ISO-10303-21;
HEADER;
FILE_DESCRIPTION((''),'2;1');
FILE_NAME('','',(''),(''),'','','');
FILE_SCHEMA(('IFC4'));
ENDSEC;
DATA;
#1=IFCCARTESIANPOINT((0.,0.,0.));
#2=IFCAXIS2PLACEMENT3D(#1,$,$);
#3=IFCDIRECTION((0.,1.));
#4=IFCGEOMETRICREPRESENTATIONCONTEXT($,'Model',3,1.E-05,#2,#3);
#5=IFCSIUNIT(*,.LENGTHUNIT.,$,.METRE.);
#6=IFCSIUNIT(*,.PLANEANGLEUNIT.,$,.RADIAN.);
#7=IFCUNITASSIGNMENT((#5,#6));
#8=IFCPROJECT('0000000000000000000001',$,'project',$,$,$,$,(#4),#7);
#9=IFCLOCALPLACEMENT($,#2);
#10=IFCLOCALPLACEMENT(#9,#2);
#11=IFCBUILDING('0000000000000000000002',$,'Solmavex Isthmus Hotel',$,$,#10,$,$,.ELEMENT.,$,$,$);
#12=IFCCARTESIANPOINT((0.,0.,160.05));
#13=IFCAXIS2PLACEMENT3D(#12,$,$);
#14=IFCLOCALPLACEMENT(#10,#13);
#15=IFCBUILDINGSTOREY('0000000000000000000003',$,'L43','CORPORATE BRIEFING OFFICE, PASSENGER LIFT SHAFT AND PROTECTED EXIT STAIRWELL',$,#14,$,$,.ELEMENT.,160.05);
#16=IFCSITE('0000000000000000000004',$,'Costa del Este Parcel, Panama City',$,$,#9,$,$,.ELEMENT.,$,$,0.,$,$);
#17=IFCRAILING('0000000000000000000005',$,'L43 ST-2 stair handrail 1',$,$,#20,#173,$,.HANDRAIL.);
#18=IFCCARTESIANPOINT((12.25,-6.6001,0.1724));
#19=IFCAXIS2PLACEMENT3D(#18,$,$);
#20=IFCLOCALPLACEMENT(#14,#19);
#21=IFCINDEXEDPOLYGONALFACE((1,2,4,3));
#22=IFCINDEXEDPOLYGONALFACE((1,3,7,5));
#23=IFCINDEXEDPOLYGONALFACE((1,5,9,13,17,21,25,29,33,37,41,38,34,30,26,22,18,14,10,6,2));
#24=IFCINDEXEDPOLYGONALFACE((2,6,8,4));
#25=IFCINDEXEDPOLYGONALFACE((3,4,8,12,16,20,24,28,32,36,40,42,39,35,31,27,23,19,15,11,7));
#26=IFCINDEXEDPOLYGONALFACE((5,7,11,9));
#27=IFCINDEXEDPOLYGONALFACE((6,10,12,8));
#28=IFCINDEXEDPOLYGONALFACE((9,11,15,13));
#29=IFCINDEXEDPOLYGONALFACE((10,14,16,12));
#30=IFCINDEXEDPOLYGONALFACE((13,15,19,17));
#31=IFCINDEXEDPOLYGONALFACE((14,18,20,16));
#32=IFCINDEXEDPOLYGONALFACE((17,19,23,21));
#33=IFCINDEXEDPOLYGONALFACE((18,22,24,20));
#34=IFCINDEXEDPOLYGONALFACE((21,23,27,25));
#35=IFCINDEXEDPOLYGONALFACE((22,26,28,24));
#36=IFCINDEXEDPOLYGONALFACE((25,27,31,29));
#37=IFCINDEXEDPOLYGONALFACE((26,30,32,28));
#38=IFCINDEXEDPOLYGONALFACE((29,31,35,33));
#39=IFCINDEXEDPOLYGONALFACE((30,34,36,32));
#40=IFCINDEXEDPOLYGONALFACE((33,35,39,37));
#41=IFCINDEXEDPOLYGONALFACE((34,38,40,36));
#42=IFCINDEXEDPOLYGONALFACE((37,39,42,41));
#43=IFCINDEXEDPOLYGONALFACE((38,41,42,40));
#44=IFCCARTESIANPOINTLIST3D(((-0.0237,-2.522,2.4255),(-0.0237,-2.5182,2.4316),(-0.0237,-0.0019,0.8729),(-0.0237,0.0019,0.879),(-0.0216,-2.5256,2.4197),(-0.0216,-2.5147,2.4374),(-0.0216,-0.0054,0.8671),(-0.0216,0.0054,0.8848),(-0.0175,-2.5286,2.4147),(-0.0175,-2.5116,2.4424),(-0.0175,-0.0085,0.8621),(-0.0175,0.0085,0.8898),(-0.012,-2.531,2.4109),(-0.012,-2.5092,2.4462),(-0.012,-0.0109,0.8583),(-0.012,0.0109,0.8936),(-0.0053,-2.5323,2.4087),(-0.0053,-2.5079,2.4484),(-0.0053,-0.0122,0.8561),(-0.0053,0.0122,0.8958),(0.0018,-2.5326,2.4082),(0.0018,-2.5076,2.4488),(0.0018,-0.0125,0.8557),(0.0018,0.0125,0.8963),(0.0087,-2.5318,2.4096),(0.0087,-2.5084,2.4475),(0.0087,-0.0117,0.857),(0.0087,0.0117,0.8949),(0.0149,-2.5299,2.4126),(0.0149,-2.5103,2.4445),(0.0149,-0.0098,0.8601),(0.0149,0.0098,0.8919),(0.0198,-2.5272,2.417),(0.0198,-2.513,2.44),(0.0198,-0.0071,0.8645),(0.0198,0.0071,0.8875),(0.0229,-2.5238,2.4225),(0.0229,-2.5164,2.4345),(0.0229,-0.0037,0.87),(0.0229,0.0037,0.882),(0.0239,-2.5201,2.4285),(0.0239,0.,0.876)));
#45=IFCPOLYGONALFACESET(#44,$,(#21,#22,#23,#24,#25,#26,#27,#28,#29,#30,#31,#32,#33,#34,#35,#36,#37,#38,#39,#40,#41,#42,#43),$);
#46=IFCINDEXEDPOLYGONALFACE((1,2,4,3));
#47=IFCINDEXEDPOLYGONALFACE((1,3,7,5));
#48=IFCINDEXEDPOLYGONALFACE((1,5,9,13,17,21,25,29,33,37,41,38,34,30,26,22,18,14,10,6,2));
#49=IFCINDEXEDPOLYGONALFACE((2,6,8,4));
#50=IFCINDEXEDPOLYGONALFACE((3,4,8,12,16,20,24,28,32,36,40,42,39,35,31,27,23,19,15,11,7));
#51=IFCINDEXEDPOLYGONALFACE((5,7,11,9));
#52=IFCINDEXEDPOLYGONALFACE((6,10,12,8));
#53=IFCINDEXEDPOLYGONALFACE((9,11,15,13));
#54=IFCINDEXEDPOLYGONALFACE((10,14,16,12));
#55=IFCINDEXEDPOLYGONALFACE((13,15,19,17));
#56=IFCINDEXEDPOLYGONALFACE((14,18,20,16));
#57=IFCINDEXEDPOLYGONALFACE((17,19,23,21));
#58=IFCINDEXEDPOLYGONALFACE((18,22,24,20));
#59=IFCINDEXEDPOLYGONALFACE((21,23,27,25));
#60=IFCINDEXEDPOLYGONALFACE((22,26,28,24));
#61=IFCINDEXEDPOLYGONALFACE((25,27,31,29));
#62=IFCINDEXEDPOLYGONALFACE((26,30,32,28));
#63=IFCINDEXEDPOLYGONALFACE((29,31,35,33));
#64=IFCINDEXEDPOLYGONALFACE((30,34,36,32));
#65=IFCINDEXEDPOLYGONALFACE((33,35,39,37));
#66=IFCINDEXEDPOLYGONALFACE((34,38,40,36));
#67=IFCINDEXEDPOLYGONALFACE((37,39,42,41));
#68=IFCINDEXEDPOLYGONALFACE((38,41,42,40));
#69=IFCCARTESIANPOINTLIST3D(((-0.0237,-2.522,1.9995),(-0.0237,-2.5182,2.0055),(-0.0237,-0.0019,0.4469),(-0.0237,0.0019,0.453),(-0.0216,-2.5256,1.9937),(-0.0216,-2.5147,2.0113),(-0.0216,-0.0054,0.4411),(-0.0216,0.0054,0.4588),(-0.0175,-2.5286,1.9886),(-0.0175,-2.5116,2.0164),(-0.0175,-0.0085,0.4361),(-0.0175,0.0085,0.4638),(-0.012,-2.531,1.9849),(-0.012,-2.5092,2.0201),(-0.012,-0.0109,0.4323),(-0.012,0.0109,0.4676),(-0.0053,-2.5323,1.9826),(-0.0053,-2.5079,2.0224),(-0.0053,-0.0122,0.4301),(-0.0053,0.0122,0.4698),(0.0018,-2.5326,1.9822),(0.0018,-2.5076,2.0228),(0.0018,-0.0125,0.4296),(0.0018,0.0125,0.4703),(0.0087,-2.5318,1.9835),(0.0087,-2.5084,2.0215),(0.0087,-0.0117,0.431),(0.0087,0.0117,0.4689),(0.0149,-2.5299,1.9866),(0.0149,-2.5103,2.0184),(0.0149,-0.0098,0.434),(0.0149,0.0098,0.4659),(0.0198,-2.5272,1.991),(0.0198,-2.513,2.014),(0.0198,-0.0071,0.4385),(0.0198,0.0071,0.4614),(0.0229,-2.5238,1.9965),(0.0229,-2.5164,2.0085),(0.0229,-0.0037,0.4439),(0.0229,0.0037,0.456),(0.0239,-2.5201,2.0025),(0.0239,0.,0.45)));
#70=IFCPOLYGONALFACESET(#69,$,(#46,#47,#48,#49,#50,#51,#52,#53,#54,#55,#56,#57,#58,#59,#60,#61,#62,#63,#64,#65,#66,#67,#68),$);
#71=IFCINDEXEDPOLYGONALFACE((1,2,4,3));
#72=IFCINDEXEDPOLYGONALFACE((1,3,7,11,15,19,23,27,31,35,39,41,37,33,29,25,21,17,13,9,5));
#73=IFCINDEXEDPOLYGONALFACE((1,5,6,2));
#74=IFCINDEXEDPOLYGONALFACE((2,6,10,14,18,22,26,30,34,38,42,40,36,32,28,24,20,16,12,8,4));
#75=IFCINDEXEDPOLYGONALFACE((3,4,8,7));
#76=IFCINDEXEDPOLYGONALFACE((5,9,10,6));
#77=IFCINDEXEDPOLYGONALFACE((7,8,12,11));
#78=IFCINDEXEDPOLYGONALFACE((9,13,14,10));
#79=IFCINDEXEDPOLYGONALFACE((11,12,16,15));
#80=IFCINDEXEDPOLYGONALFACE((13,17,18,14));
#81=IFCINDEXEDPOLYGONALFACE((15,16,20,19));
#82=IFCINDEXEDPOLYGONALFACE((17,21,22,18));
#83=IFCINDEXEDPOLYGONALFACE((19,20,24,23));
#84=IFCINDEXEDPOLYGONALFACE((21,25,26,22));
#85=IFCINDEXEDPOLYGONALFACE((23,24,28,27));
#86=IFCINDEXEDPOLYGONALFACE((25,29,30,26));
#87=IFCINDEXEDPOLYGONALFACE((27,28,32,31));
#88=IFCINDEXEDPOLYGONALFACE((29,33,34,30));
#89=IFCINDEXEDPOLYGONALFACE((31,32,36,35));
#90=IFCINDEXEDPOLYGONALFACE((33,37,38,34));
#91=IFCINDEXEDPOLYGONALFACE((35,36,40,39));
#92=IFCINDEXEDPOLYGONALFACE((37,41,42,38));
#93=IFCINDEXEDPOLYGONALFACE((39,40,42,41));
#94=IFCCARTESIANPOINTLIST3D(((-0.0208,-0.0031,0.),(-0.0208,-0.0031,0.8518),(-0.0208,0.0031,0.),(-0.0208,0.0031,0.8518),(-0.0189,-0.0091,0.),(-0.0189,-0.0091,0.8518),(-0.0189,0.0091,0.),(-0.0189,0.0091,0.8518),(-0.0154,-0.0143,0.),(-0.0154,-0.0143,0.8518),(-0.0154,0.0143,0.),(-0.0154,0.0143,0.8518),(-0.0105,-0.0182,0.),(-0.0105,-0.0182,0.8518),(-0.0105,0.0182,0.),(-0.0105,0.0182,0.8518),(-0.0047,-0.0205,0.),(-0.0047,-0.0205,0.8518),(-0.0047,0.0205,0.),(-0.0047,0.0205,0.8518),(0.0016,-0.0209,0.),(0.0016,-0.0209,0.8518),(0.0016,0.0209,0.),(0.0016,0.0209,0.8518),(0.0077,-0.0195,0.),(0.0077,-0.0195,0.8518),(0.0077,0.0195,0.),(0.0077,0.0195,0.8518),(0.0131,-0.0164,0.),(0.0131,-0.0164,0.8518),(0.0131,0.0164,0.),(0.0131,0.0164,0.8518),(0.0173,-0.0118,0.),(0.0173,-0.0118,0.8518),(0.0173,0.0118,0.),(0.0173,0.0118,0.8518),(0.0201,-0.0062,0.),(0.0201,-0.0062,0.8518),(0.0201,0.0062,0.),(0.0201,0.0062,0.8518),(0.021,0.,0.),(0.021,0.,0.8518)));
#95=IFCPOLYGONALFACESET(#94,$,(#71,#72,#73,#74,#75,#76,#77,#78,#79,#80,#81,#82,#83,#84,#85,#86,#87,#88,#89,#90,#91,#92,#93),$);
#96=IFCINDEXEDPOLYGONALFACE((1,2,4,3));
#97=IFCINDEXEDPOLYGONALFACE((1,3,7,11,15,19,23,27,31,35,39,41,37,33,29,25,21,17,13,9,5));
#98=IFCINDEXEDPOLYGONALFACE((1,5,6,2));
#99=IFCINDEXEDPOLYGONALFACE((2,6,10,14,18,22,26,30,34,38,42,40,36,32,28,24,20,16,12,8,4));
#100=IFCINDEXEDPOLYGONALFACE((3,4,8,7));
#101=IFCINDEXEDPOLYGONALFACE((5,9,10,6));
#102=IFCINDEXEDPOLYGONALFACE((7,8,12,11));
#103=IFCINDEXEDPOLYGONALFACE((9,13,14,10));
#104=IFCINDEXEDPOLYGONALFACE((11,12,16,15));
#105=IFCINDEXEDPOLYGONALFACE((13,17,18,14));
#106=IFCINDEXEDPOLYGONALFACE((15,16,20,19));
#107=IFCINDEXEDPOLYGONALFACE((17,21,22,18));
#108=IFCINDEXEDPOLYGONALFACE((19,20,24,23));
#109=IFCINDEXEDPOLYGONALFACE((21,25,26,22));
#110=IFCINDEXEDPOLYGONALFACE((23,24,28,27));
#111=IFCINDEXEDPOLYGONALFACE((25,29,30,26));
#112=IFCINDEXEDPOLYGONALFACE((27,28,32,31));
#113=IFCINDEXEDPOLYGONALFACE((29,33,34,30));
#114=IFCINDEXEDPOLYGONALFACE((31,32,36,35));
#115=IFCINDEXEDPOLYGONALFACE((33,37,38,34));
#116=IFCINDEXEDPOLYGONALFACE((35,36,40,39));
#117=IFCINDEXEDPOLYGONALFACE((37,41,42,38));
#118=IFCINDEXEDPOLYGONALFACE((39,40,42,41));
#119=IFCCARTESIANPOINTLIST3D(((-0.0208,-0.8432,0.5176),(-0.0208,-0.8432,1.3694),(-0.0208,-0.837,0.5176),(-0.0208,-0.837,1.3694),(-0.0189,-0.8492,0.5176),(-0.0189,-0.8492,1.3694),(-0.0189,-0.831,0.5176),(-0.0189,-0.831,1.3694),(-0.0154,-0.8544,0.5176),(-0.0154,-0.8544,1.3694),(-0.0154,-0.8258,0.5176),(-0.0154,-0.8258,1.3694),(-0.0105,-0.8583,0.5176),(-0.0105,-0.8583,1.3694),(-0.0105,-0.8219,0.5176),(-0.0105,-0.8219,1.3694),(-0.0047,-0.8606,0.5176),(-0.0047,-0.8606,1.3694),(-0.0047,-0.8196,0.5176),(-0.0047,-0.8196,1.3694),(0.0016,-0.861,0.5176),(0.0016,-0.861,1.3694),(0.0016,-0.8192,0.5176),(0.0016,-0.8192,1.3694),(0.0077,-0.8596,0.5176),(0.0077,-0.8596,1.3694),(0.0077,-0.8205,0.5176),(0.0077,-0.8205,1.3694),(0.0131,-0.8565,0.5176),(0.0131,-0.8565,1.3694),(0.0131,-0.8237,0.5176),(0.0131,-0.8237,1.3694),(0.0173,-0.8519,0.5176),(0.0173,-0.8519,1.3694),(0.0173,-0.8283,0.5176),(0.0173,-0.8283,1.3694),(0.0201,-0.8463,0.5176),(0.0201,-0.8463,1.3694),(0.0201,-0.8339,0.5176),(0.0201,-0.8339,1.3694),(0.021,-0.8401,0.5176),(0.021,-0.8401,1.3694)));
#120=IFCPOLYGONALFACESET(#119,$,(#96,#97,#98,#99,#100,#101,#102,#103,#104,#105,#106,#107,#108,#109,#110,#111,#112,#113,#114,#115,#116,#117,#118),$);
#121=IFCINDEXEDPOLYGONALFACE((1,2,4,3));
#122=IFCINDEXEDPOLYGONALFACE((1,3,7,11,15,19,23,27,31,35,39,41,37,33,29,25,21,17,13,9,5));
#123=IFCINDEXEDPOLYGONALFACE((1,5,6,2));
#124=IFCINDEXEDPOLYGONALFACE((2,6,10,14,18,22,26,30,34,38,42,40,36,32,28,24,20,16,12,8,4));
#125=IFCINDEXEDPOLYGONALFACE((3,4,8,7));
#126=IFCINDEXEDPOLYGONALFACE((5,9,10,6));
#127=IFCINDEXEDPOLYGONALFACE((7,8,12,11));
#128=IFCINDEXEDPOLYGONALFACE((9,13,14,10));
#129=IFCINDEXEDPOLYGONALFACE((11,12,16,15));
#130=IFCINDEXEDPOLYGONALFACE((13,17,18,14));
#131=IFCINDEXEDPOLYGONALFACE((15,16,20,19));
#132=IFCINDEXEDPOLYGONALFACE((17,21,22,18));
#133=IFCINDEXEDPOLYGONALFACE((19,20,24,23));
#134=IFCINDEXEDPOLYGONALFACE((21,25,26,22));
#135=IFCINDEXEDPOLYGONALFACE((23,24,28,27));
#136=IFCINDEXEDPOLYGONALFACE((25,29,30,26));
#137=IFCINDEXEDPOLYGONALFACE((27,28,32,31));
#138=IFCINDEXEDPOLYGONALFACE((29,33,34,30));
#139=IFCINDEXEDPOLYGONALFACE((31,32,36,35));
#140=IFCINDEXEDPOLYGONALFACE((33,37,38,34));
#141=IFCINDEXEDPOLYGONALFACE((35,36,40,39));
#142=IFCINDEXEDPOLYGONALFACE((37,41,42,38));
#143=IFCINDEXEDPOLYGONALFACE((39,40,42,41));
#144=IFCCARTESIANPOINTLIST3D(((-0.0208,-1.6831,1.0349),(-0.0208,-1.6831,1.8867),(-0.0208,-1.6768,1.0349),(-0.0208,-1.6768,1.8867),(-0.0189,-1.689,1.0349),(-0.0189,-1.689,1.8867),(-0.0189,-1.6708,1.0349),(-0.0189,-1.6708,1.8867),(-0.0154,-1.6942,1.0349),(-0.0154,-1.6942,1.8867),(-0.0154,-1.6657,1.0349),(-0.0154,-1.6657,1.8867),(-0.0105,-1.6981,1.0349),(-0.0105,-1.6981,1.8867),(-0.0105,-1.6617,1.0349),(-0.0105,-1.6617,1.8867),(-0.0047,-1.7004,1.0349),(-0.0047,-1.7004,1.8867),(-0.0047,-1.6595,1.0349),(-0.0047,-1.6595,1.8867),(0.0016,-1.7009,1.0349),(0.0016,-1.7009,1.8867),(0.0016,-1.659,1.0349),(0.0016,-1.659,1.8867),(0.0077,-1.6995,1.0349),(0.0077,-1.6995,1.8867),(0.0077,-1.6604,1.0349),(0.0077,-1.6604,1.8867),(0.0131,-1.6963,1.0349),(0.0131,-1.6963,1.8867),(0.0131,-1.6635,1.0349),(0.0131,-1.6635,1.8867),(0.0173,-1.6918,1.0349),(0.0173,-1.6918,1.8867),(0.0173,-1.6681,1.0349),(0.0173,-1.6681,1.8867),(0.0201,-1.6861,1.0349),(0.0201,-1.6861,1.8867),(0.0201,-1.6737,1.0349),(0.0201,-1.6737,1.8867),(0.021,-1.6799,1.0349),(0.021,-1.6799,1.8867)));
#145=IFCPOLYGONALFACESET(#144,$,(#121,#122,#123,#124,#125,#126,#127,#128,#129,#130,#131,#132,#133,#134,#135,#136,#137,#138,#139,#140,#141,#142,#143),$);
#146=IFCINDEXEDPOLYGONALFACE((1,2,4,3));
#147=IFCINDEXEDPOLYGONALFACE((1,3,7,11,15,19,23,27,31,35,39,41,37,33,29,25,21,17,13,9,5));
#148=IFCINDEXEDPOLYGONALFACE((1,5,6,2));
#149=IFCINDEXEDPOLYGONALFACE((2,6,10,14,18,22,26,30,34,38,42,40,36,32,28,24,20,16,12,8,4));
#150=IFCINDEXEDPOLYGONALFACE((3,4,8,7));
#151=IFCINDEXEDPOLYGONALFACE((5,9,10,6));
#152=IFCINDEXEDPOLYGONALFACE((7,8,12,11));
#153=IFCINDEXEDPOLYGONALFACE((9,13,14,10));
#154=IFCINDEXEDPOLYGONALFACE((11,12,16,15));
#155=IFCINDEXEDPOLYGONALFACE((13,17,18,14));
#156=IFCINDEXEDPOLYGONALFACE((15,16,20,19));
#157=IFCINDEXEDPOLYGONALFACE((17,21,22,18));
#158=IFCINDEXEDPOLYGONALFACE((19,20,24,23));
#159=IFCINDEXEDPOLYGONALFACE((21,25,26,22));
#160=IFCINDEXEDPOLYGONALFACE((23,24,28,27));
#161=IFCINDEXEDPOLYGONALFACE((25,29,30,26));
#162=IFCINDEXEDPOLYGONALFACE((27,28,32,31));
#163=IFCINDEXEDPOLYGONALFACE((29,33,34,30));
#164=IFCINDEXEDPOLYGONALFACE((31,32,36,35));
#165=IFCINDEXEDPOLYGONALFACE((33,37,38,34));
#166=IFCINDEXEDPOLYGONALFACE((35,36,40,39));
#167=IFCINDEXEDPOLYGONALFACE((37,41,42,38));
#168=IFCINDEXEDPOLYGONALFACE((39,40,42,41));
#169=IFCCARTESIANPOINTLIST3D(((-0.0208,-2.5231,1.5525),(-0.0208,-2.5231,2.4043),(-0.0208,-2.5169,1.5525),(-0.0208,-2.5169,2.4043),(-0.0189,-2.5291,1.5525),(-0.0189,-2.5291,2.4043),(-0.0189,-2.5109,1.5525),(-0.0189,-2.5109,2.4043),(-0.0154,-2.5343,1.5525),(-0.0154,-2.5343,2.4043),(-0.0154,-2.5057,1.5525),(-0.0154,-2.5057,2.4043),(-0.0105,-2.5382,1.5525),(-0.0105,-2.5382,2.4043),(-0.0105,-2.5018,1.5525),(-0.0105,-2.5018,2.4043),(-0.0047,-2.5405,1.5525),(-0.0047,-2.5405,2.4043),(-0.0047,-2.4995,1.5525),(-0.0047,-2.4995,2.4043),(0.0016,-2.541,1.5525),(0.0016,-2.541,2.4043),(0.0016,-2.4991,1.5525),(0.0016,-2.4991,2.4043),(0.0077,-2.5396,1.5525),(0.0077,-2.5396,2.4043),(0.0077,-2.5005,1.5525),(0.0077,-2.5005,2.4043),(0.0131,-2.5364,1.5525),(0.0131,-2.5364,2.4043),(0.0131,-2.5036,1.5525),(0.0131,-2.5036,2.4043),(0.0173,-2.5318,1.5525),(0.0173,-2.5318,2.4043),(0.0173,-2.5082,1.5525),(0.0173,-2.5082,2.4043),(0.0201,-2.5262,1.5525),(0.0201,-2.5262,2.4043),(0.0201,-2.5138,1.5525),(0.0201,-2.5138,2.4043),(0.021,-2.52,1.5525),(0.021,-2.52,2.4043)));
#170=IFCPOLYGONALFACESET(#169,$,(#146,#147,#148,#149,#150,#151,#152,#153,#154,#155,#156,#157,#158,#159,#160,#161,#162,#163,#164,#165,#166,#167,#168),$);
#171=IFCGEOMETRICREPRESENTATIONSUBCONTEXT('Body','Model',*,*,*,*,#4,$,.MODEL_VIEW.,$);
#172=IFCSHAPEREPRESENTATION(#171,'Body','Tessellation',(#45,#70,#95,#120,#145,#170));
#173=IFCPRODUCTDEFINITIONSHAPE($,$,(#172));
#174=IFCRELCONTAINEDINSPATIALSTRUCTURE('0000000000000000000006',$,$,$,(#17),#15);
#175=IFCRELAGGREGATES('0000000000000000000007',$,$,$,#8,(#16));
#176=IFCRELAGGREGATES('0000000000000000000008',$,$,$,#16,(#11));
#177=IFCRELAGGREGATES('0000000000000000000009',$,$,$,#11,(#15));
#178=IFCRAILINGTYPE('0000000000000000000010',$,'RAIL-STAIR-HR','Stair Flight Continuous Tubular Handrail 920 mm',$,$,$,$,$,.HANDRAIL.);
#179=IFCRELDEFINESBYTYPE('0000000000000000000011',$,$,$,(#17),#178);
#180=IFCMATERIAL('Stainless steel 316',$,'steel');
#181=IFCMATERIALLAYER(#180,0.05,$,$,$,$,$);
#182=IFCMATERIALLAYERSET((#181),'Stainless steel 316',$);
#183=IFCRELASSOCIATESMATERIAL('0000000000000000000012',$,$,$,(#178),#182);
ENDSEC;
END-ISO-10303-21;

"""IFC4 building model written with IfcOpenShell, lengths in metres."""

from ifc_helpers import new_model, si_unit, direction, frame, origin, origin_2d, place, context, subcontext, project, spatial, circle, extrude, material, layer, layer_set, type_object, element, save


model = new_model("IFC4")

# Units and contexts
model_context = context("Model", 3, precision=1e-05, world=origin(), true_north=direction((0.0, 1.0)))
body_context = subcontext(model_context, "Body", "Model", "MODEL_VIEW")
ifc_project = project(units=[si_unit("LENGTHUNIT", "METRE"), si_unit("PLANEANGLEUNIT", "RADIAN")], contexts=[model_context])

# Site, building, storey
site_placement = place(None, origin())
site = spatial("IfcSite", under=ifc_project, at=site_placement, Name="Costa del Este Parcel, Panama City", CompositionType="ELEMENT", RefElevation=0.0)
building_placement = place(site_placement, origin())
building = spatial("IfcBuilding", under=site, at=building_placement, Name="Solmavex Isthmus Hotel", CompositionType="ELEMENT")
storey_placement = place(building_placement, frame((0.0, 0.0, 160.05)))
storey = spatial("IfcBuildingStorey", under=building, at=storey_placement, Name="L43", Description="CORPORATE BRIEFING OFFICE, PASSENGER LIFT SHAFT AND PROTECTED EXIT STAIRWELL", CompositionType="ELEMENT", Elevation=160.05)

# Shared definitions
ifc_material_1 = material(Name="Stainless steel 316", Category="steel")

# Railing
ifc_layer_1 = layer(ifc_material_1, 0.05)
ifc_layer_set_1 = layer_set([ifc_layer_1], Name="Stainless steel 316")
railing_type_1 = type_object("IfcRailingType", Name="RAIL-STAIR-HR", Description="Stair Flight Continuous Tubular Handrail 920 mm", PredefinedType="HANDRAIL", material=ifc_layer_set_1)
railing_1_placement = place(storey_placement, frame((12.25, -6.6001, 0.1724)))
element("IfcRailing", 1, at=railing_1_placement, inside=storey, type_object=railing_type_1, Name="L43 ST-2 stair handrail 1", PredefinedType="HANDRAIL", context=body_context, shape_type="SweptSolid", body=[
    extrude(circle(Radius=0.0239, at=origin_2d()), frame((0.0, 0.0, 0.876), z_axis=(0.0, -0.8514, 0.524516), x_axis=(1.0, 0.0, 0.0)), (0.0, 0.0, 1.0), 2.96),
    extrude(circle(Radius=0.0239, at=origin_2d()), frame((0.0, 0.0, 0.45), z_axis=(0.0, -0.8514, 0.524516), x_axis=(1.0, 0.0, 0.0)), (0.0, 0.0, 1.0), 2.96),
    extrude(circle(Radius=0.021, at=origin_2d()), origin(), (0.0, 0.0, 1.0), 0.8518),
    extrude(circle(Radius=0.021, at=origin_2d()), frame((0.0, -0.8401, 0.5176)), (0.0, 0.0, 1.0), 0.8518),
    extrude(circle(Radius=0.021, at=origin_2d()), frame((0.0, -1.6799, 1.0349)), (0.0, 0.0, 1.0), 0.8518),
    extrude(circle(Radius=0.021, at=origin_2d()), frame((0.0, -2.52, 1.5525)), (0.0, 0.0, 1.0), 0.8518),
])

save(model, "model.ifc")
